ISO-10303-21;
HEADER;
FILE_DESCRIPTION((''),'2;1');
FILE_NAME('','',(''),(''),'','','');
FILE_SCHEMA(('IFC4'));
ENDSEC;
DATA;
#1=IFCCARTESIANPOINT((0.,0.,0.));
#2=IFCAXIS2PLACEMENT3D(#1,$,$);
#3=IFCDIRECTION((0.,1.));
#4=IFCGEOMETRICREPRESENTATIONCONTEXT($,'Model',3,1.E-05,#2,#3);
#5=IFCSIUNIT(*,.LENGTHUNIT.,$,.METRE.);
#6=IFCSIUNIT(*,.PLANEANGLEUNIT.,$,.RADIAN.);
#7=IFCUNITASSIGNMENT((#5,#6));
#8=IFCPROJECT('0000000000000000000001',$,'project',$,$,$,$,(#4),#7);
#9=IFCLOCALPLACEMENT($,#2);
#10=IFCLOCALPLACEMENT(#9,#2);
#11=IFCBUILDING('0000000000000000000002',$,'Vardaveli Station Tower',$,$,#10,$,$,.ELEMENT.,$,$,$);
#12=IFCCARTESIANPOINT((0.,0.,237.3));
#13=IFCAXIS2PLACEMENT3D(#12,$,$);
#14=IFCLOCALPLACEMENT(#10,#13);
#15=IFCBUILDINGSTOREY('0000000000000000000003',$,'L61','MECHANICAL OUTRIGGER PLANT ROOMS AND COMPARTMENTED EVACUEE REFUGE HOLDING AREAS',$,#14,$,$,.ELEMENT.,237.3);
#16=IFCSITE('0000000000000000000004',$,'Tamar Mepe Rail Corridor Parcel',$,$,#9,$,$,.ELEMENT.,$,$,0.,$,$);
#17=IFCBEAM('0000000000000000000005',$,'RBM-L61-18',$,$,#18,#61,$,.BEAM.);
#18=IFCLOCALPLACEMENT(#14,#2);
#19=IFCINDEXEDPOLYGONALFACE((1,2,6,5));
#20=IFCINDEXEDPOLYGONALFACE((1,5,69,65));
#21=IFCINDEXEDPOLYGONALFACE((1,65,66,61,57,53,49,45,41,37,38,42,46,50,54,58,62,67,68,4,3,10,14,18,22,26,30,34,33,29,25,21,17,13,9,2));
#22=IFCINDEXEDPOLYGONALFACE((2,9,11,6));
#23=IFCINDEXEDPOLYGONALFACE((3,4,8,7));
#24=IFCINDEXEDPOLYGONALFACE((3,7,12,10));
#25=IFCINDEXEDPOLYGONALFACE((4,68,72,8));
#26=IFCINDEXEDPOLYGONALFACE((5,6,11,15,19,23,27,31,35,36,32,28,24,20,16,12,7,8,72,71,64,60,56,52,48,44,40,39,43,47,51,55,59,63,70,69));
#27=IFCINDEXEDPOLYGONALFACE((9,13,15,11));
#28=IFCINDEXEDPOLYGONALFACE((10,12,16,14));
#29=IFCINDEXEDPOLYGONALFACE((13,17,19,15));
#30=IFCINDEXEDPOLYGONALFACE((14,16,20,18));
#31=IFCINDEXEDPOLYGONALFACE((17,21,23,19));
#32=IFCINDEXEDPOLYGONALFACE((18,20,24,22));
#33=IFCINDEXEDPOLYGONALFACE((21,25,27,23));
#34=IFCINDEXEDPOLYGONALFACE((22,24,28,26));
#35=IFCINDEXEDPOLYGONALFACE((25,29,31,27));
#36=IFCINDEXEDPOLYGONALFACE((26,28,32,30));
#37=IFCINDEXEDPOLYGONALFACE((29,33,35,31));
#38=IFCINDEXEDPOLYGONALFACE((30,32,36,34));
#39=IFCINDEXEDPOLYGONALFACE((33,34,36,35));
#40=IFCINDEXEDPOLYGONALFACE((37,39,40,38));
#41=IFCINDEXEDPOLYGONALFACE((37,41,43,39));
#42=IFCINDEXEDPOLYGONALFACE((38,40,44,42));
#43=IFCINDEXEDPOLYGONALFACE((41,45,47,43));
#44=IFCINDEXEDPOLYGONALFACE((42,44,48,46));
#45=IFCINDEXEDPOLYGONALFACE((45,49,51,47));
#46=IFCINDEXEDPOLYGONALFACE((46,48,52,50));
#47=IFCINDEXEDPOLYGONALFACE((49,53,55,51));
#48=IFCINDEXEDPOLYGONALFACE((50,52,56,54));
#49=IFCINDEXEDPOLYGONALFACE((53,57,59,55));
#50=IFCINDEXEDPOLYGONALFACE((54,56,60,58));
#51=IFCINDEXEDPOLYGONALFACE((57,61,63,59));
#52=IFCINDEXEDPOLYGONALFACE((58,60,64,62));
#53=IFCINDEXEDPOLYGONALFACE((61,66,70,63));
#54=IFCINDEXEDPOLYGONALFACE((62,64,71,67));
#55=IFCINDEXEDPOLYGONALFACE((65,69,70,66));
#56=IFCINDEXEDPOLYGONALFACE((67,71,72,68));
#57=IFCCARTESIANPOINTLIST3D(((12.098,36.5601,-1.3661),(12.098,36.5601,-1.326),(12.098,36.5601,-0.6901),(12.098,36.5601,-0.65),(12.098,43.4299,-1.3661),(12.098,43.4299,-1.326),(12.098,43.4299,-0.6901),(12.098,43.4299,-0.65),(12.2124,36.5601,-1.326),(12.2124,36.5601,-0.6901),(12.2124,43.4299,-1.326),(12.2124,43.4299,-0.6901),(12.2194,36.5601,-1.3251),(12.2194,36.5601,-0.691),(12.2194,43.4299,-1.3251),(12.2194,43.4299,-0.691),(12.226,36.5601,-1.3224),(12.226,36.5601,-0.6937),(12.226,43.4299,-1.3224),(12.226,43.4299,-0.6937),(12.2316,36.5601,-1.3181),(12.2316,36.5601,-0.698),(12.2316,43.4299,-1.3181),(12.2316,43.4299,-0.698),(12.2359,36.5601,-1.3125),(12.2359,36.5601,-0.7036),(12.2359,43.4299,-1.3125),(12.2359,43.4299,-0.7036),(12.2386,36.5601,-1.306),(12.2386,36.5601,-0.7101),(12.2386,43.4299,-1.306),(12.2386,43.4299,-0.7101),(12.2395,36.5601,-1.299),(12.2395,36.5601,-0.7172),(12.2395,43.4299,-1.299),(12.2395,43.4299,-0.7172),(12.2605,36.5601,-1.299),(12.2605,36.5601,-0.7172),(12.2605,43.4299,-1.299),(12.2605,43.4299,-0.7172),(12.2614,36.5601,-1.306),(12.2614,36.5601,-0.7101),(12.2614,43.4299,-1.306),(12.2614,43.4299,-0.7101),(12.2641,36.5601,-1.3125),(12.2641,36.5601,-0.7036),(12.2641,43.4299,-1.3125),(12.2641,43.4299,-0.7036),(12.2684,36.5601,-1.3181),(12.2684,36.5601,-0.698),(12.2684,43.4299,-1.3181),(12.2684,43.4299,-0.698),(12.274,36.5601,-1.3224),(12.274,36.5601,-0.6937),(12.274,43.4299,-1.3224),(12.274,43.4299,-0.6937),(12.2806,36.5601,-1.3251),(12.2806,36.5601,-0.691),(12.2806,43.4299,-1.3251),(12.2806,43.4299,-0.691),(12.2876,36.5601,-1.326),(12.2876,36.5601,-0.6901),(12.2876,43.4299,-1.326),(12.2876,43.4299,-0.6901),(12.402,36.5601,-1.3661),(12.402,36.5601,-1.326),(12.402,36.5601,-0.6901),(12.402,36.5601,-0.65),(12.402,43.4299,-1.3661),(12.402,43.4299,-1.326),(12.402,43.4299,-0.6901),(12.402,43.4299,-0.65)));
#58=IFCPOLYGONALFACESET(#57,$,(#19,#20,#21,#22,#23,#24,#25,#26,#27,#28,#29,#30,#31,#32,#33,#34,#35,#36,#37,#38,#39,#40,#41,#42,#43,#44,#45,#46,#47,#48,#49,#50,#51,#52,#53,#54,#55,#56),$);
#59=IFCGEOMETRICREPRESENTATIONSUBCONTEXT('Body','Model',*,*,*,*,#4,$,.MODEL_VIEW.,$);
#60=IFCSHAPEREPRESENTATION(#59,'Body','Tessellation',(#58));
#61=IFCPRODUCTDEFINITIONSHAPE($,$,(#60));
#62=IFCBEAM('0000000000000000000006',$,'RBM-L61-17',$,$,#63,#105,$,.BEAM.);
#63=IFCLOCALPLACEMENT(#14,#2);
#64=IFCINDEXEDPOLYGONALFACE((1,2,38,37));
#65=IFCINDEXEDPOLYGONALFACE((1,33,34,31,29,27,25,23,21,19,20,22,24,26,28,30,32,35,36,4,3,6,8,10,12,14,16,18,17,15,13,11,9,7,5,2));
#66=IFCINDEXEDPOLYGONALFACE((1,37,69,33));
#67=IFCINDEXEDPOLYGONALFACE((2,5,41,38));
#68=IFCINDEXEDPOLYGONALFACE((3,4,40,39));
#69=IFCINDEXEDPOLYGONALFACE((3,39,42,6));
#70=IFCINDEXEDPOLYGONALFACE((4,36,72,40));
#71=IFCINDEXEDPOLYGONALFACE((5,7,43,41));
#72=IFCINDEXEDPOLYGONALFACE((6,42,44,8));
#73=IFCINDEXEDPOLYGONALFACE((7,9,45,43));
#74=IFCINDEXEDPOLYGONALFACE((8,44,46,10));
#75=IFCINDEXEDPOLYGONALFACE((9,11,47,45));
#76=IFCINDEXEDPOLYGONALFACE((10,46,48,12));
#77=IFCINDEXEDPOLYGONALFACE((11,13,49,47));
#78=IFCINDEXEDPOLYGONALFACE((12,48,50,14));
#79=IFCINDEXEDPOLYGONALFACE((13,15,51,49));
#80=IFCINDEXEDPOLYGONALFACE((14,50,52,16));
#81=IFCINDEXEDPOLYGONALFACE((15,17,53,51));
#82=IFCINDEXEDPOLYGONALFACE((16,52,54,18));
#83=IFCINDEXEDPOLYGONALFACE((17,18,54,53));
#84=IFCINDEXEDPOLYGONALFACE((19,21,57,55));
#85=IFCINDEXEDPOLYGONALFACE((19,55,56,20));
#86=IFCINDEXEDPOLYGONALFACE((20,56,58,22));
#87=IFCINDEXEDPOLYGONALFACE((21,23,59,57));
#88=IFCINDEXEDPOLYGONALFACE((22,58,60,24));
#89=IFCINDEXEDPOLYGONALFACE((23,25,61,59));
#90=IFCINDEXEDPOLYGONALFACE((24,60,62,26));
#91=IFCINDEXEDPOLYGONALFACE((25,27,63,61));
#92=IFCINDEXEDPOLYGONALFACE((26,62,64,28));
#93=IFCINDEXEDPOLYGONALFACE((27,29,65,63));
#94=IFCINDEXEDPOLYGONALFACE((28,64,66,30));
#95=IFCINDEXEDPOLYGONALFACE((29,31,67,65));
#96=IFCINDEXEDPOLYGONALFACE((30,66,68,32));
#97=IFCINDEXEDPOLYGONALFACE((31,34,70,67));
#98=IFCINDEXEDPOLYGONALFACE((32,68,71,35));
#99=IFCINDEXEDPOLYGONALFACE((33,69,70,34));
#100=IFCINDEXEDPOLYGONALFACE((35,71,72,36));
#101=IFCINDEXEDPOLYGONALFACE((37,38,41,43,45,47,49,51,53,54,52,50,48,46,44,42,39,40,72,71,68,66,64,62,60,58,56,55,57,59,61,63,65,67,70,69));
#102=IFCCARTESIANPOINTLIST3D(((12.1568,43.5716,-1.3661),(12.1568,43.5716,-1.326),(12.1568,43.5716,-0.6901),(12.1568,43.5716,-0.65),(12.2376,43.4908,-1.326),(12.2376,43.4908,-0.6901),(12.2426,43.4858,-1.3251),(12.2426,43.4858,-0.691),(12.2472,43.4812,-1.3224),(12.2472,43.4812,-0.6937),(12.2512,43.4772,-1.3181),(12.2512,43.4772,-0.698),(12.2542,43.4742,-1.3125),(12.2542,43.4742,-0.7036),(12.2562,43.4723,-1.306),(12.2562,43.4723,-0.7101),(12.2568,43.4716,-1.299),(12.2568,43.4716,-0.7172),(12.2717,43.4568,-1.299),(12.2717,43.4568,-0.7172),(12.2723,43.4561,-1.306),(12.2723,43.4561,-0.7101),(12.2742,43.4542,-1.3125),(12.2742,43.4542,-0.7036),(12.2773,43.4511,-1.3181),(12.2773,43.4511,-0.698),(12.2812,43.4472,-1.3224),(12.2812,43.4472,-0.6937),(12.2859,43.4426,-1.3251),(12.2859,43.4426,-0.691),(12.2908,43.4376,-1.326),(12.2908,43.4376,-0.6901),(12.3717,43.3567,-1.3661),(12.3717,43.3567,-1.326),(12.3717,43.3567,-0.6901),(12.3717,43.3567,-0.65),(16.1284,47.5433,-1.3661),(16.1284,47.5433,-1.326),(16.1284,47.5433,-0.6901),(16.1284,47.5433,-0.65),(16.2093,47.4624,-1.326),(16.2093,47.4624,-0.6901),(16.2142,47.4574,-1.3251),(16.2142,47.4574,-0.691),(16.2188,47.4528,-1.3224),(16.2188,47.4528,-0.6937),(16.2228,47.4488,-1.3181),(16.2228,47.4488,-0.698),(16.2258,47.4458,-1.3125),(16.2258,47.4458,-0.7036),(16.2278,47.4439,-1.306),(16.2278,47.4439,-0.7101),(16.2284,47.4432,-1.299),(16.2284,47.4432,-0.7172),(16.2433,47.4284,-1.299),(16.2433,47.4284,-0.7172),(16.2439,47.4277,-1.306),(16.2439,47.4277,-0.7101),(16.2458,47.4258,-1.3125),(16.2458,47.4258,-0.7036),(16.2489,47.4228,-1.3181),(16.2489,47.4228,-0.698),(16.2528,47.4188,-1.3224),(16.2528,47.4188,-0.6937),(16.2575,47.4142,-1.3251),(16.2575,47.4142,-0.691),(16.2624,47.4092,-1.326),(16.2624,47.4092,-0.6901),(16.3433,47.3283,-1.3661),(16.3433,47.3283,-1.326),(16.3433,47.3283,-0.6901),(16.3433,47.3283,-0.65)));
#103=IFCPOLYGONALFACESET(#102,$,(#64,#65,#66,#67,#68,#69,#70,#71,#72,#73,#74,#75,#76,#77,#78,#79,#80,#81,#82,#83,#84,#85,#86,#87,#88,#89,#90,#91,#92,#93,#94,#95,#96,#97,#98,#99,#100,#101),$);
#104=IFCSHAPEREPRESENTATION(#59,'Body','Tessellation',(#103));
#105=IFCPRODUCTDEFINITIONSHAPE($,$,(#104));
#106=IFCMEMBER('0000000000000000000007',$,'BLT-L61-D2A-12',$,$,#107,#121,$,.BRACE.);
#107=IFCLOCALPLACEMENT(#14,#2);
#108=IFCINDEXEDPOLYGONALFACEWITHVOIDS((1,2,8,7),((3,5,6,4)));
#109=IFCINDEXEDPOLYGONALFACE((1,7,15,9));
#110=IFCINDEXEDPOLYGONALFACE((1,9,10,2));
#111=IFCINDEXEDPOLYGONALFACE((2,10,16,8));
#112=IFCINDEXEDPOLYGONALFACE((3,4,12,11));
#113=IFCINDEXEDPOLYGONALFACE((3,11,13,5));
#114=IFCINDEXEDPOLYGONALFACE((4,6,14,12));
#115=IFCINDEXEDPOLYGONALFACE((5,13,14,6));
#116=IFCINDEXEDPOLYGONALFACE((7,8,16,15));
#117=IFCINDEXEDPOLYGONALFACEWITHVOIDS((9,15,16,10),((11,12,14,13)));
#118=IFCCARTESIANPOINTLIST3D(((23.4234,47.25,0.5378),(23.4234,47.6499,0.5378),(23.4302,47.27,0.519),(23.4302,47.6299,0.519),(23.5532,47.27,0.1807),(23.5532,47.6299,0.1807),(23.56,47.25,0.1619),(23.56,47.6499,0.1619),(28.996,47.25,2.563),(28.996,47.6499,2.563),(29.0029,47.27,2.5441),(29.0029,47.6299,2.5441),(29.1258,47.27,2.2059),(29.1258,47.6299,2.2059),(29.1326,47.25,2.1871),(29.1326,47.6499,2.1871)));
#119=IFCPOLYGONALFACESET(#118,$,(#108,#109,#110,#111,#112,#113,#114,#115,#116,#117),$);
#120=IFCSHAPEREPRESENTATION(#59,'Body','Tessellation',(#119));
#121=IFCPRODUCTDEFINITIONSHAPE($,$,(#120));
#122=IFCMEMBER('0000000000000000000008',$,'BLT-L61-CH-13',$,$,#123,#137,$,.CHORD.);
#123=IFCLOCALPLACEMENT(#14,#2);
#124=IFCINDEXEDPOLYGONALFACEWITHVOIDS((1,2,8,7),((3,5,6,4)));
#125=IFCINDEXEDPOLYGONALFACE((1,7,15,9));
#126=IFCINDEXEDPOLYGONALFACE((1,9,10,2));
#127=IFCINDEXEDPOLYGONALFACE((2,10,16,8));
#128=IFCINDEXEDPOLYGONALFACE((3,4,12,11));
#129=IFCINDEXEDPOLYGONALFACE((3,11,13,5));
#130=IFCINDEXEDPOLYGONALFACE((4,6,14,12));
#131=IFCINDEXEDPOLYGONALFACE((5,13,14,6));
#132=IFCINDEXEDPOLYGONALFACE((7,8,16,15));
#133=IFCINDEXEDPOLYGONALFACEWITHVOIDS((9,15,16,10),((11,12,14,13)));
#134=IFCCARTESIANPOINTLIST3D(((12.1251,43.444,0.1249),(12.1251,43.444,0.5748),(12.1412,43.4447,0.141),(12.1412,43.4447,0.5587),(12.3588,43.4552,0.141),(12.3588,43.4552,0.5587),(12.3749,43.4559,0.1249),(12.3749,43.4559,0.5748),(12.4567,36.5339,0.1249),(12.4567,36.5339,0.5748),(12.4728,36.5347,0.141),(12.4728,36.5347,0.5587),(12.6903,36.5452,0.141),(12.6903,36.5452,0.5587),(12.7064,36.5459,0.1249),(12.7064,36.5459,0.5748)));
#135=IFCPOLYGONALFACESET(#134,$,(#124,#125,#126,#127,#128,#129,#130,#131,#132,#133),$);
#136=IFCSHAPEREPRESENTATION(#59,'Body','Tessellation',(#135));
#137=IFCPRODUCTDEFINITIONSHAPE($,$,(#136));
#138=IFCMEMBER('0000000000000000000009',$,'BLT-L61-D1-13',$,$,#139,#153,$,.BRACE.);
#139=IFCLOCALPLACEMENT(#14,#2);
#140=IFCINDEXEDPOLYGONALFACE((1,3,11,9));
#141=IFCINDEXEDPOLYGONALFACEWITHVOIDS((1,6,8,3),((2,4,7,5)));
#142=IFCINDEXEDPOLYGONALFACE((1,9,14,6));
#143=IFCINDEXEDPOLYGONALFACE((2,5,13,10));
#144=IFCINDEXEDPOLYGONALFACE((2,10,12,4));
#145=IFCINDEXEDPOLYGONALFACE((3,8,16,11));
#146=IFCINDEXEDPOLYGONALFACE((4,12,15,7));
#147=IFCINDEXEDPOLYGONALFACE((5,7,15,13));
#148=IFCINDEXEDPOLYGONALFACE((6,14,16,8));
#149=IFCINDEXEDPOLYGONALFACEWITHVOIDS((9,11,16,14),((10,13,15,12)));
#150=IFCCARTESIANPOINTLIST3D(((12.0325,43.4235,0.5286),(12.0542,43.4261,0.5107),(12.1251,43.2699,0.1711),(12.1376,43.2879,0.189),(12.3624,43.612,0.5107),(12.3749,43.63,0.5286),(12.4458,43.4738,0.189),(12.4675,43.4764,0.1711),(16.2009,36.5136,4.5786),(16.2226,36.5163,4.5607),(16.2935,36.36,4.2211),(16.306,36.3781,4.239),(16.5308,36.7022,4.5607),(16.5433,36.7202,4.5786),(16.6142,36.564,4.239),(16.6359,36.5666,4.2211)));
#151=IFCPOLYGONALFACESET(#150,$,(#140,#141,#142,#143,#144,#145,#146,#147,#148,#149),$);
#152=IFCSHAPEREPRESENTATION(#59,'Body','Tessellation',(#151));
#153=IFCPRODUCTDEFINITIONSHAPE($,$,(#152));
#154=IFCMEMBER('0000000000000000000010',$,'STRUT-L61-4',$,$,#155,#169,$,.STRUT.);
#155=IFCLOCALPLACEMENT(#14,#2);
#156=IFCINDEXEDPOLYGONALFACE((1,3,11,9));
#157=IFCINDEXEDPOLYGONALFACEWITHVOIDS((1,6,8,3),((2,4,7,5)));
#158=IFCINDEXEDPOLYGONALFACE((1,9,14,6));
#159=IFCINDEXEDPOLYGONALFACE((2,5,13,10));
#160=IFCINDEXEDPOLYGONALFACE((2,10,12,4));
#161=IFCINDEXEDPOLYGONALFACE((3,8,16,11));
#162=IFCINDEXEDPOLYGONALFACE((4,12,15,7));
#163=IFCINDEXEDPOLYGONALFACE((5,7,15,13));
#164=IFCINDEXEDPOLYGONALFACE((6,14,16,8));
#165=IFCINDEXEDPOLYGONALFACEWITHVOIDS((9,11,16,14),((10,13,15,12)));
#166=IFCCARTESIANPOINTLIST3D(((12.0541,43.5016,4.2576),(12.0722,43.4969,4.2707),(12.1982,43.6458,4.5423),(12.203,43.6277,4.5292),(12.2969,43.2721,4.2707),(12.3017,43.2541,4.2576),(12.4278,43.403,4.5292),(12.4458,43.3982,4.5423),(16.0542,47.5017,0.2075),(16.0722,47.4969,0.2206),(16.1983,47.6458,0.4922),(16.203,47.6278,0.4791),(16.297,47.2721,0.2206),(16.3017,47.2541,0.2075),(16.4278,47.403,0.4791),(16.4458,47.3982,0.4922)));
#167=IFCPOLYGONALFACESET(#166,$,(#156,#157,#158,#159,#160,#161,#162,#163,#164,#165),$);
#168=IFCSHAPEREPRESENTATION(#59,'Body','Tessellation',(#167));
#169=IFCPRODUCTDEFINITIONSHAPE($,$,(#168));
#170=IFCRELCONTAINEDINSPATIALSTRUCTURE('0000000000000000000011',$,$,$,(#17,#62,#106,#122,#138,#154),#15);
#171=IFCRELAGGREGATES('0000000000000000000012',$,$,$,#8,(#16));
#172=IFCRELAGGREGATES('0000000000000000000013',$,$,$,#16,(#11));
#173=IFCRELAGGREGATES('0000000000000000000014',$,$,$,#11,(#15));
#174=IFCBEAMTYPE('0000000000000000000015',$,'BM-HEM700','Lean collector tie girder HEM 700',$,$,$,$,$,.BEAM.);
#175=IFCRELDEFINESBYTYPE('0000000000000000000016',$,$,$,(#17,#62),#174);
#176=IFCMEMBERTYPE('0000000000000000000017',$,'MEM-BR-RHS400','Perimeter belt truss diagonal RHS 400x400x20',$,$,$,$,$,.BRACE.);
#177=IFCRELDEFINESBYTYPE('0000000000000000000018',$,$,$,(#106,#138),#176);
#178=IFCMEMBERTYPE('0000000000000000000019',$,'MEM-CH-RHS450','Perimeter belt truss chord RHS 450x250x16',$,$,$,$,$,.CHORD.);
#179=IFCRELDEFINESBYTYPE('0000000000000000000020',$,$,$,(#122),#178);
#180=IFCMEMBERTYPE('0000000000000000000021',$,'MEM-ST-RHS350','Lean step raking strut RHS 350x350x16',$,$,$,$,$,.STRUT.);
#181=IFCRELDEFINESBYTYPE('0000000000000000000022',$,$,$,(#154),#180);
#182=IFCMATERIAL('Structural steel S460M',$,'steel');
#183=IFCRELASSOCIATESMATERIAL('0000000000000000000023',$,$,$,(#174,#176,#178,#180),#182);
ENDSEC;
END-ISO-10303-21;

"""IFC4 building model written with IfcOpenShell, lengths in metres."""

from ifc_helpers import new_model, si_unit, direction, frame, origin, origin_2d, place, context, subcontext, project, spatial, hollow_rectangle, i_section, extrude, source, transform, mapped, material, material_profile, profile_set, type_object, element, save


model = new_model("IFC4")

# Units and contexts
model_context = context("Model", 3, precision=1e-05, world=origin(), true_north=direction((0.0, 1.0)))
body_context = subcontext(model_context, "Body", "Model", "MODEL_VIEW")
ifc_project = project(units=[si_unit("LENGTHUNIT", "METRE"), si_unit("PLANEANGLEUNIT", "RADIAN")], contexts=[model_context])

# Site, building, storey
site_placement = place(None, origin())
site = spatial("IfcSite", under=ifc_project, at=site_placement, Name="Tamar Mepe Rail Corridor Parcel", CompositionType="ELEMENT", RefElevation=0.0)
building_placement = place(site_placement, origin())
building = spatial("IfcBuilding", under=site, at=building_placement, Name="Vardaveli Station Tower", CompositionType="ELEMENT")
storey_placement = place(building_placement, frame((0.0, 0.0, 237.3)))
storey = spatial("IfcBuildingStorey", under=building, at=storey_placement, Name="L61", Description="MECHANICAL OUTRIGGER PLANT ROOMS AND COMPARTMENTED EVACUEE REFUGE HOLDING AREAS", CompositionType="ELEMENT", Elevation=237.3)

# Shared definitions
ifc_material_1 = material(Name="Structural steel S460M", Category="steel")

# Beams
ifc_material_profile_1 = material_profile(ifc_material_1, i_section(OverallWidth=0.304, OverallDepth=0.7161, WebThickness=0.021, FlangeThickness=0.04, FilletRadius=0.0271, at=origin_2d()), Name="HEM 700")
ifc_profile_set_1 = profile_set([ifc_material_profile_1], Name="Structural steel S460M")
beam_type = type_object("IfcBeamType", Name="BM-HEM700", Description="Lean collector tie girder HEM 700", PredefinedType="BEAM", material=ifc_profile_set_1)
shared_shape_1 = source(origin(), body_context, "Body", "SweptSolid", [
    extrude(i_section(OverallWidth=0.304, OverallDepth=0.7161, WebThickness=0.021, FlangeThickness=0.04, FilletRadius=0.0271, at=origin_2d()), origin(), (0.0, 0.0, 1.0), 6.8699),
])
for number, where, z_axis, x_axis, name in (
    (1, (12.25, 43.4299, -1.0081), (0.0, -1.0, 0.0), (1.0, 0.0, 0.0), "RBM-L61-18"),
):
    element("IfcBeam", number, at=place(storey_placement, frame(where, z_axis=z_axis, x_axis=x_axis)), inside=storey, type_object=beam_type, Name=name, PredefinedType="BEAM", context=body_context, shape_type="MappedRepresentation", body=[
        mapped(shared_shape_1, transform((0.0, 0.0, 0.0), scale=1.0)),
    ])
shared_shape_2 = source(origin(), body_context, "Body", "SweptSolid", [
    extrude(i_section(OverallWidth=0.304, OverallDepth=0.7161, WebThickness=0.021, FlangeThickness=0.04, FilletRadius=0.0271, at=origin_2d()), origin(), (0.0, 0.0, 1.0), 5.6167),
])
beam_placement = place(storey_placement, frame((16.2358, 47.4358, -1.0081), z_axis=(-0.707107, -0.707107, 0.0), x_axis=(0.707107, -0.707107, 0.0)))
element("IfcBeam", 2, at=beam_placement, inside=storey, type_object=beam_type, Name="RBM-L61-17", PredefinedType="BEAM", context=body_context, shape_type="MappedRepresentation", body=[
    mapped(shared_shape_2, transform((0.0, 0.0, 0.0), scale=1.0)),
])

# Members
ifc_material_profile_2 = material_profile(ifc_material_1, hollow_rectangle(XDim=0.3999, YDim=0.3999, WallThickness=0.02, at=origin_2d()), Name="RHS 400x400x20")
ifc_profile_set_2 = profile_set([ifc_material_profile_2], Name="Structural steel S460M")
member_type_1 = type_object("IfcMemberType", Name="MEM-BR-RHS400", Description="Perimeter belt truss diagonal RHS 400x400x20", PredefinedType="BRACE", material=ifc_profile_set_2)
shared_shape_3 = source(origin(), body_context, "Body", "SweptSolid", [
    extrude(hollow_rectangle(XDim=0.3999, YDim=0.3999, WallThickness=0.02, at=origin_2d()), origin(), (0.0, 0.0, 1.0), 5.9292),
])
member_1_placement = place(storey_placement, frame((23.4917, 47.45, 0.3499), z_axis=(0.93986, 0.0, 0.341561), x_axis=(0.0, 1.0, 0.0)))
element("IfcMember", 3, at=member_1_placement, inside=storey, type_object=member_type_1, Name="BLT-L61-D2A-12", PredefinedType="BRACE", context=body_context, shape_type="MappedRepresentation", body=[
    mapped(shared_shape_3, transform((0.0, 0.0, 0.0), scale=1.0)),
])
ifc_material_profile_3 = material_profile(ifc_material_1, hollow_rectangle(XDim=0.25, YDim=0.45, WallThickness=0.0161, at=origin_2d()), Name="RHS 450x250x16")
ifc_profile_set_3 = profile_set([ifc_material_profile_3], Name="Structural steel S460M")
member_type_2 = type_object("IfcMemberType", Name="MEM-CH-RHS450", Description="Perimeter belt truss chord RHS 450x250x16", PredefinedType="CHORD", material=ifc_profile_set_3)
shared_shape_4 = source(origin(), body_context, "Body", "SweptSolid", [
    extrude(hollow_rectangle(XDim=0.25, YDim=0.45, WallThickness=0.0161, at=origin_2d()), origin(), (0.0, 0.0, 1.0), 6.918),
])
member_2_placement = place(storey_placement, frame((12.25, 43.45, 0.3499), z_axis=(0.047926, -0.998851, 0.0), x_axis=(0.998851, 0.047926, 0.0)))
element("IfcMember", 4, at=member_2_placement, inside=storey, type_object=member_type_2, Name="BLT-L61-CH-13", PredefinedType="CHORD", context=body_context, shape_type="MappedRepresentation", body=[
    mapped(shared_shape_4, transform((0.0, 0.0, 0.0), scale=1.0)),
])
shared_shape_5 = source(origin(), body_context, "Body", "SweptSolid", [
    extrude(hollow_rectangle(XDim=0.3999, YDim=0.3999, WallThickness=0.02, at=origin_2d()), origin(), (0.0, 0.0, 1.0), 9.0291),
])
member_3_placement = place(storey_placement, frame((12.25, 43.45, 0.3499), z_axis=(0.461666, -0.765288, 0.448552), x_axis=(0.85626, 0.516545, 0.0)))
element("IfcMember", 5, at=member_3_placement, inside=storey, type_object=member_type_1, Name="BLT-L61-D1-13", PredefinedType="BRACE", context=body_context, shape_type="MappedRepresentation", body=[
    mapped(shared_shape_5, transform((0.0, 0.0, 0.0), scale=1.0)),
])
ifc_material_profile_4 = material_profile(ifc_material_1, hollow_rectangle(XDim=0.3501, YDim=0.3501, WallThickness=0.0161, at=origin_2d()), Name="RHS 350x350x16")
ifc_profile_set_4 = profile_set([ifc_material_profile_4], Name="Structural steel S460M")
member_type_3 = type_object("IfcMemberType", Name="MEM-ST-RHS350", Description="Lean step raking strut RHS 350x350x16", PredefinedType="STRUT", material=ifc_profile_set_4)
shared_shape_6 = source(origin(), body_context, "Body", "SweptSolid", [
    extrude(hollow_rectangle(XDim=0.3501, YDim=0.3501, WallThickness=0.0161, at=origin_2d()), origin(), (0.0, 0.0, 1.0), 6.9573),
])
member_4_placement = place(storey_placement, frame((16.25, 47.45, 0.3499), z_axis=(-0.574942, -0.574942, 0.582136), x_axis=(0.707107, -0.707107, 0.0)))
element("IfcMember", 6, at=member_4_placement, inside=storey, type_object=member_type_3, Name="STRUT-L61-4", PredefinedType="STRUT", context=body_context, shape_type="MappedRepresentation", body=[
    mapped(shared_shape_6, transform((0.0, 0.0, 0.0), scale=1.0)),
])

save(model, "model.ifc")
